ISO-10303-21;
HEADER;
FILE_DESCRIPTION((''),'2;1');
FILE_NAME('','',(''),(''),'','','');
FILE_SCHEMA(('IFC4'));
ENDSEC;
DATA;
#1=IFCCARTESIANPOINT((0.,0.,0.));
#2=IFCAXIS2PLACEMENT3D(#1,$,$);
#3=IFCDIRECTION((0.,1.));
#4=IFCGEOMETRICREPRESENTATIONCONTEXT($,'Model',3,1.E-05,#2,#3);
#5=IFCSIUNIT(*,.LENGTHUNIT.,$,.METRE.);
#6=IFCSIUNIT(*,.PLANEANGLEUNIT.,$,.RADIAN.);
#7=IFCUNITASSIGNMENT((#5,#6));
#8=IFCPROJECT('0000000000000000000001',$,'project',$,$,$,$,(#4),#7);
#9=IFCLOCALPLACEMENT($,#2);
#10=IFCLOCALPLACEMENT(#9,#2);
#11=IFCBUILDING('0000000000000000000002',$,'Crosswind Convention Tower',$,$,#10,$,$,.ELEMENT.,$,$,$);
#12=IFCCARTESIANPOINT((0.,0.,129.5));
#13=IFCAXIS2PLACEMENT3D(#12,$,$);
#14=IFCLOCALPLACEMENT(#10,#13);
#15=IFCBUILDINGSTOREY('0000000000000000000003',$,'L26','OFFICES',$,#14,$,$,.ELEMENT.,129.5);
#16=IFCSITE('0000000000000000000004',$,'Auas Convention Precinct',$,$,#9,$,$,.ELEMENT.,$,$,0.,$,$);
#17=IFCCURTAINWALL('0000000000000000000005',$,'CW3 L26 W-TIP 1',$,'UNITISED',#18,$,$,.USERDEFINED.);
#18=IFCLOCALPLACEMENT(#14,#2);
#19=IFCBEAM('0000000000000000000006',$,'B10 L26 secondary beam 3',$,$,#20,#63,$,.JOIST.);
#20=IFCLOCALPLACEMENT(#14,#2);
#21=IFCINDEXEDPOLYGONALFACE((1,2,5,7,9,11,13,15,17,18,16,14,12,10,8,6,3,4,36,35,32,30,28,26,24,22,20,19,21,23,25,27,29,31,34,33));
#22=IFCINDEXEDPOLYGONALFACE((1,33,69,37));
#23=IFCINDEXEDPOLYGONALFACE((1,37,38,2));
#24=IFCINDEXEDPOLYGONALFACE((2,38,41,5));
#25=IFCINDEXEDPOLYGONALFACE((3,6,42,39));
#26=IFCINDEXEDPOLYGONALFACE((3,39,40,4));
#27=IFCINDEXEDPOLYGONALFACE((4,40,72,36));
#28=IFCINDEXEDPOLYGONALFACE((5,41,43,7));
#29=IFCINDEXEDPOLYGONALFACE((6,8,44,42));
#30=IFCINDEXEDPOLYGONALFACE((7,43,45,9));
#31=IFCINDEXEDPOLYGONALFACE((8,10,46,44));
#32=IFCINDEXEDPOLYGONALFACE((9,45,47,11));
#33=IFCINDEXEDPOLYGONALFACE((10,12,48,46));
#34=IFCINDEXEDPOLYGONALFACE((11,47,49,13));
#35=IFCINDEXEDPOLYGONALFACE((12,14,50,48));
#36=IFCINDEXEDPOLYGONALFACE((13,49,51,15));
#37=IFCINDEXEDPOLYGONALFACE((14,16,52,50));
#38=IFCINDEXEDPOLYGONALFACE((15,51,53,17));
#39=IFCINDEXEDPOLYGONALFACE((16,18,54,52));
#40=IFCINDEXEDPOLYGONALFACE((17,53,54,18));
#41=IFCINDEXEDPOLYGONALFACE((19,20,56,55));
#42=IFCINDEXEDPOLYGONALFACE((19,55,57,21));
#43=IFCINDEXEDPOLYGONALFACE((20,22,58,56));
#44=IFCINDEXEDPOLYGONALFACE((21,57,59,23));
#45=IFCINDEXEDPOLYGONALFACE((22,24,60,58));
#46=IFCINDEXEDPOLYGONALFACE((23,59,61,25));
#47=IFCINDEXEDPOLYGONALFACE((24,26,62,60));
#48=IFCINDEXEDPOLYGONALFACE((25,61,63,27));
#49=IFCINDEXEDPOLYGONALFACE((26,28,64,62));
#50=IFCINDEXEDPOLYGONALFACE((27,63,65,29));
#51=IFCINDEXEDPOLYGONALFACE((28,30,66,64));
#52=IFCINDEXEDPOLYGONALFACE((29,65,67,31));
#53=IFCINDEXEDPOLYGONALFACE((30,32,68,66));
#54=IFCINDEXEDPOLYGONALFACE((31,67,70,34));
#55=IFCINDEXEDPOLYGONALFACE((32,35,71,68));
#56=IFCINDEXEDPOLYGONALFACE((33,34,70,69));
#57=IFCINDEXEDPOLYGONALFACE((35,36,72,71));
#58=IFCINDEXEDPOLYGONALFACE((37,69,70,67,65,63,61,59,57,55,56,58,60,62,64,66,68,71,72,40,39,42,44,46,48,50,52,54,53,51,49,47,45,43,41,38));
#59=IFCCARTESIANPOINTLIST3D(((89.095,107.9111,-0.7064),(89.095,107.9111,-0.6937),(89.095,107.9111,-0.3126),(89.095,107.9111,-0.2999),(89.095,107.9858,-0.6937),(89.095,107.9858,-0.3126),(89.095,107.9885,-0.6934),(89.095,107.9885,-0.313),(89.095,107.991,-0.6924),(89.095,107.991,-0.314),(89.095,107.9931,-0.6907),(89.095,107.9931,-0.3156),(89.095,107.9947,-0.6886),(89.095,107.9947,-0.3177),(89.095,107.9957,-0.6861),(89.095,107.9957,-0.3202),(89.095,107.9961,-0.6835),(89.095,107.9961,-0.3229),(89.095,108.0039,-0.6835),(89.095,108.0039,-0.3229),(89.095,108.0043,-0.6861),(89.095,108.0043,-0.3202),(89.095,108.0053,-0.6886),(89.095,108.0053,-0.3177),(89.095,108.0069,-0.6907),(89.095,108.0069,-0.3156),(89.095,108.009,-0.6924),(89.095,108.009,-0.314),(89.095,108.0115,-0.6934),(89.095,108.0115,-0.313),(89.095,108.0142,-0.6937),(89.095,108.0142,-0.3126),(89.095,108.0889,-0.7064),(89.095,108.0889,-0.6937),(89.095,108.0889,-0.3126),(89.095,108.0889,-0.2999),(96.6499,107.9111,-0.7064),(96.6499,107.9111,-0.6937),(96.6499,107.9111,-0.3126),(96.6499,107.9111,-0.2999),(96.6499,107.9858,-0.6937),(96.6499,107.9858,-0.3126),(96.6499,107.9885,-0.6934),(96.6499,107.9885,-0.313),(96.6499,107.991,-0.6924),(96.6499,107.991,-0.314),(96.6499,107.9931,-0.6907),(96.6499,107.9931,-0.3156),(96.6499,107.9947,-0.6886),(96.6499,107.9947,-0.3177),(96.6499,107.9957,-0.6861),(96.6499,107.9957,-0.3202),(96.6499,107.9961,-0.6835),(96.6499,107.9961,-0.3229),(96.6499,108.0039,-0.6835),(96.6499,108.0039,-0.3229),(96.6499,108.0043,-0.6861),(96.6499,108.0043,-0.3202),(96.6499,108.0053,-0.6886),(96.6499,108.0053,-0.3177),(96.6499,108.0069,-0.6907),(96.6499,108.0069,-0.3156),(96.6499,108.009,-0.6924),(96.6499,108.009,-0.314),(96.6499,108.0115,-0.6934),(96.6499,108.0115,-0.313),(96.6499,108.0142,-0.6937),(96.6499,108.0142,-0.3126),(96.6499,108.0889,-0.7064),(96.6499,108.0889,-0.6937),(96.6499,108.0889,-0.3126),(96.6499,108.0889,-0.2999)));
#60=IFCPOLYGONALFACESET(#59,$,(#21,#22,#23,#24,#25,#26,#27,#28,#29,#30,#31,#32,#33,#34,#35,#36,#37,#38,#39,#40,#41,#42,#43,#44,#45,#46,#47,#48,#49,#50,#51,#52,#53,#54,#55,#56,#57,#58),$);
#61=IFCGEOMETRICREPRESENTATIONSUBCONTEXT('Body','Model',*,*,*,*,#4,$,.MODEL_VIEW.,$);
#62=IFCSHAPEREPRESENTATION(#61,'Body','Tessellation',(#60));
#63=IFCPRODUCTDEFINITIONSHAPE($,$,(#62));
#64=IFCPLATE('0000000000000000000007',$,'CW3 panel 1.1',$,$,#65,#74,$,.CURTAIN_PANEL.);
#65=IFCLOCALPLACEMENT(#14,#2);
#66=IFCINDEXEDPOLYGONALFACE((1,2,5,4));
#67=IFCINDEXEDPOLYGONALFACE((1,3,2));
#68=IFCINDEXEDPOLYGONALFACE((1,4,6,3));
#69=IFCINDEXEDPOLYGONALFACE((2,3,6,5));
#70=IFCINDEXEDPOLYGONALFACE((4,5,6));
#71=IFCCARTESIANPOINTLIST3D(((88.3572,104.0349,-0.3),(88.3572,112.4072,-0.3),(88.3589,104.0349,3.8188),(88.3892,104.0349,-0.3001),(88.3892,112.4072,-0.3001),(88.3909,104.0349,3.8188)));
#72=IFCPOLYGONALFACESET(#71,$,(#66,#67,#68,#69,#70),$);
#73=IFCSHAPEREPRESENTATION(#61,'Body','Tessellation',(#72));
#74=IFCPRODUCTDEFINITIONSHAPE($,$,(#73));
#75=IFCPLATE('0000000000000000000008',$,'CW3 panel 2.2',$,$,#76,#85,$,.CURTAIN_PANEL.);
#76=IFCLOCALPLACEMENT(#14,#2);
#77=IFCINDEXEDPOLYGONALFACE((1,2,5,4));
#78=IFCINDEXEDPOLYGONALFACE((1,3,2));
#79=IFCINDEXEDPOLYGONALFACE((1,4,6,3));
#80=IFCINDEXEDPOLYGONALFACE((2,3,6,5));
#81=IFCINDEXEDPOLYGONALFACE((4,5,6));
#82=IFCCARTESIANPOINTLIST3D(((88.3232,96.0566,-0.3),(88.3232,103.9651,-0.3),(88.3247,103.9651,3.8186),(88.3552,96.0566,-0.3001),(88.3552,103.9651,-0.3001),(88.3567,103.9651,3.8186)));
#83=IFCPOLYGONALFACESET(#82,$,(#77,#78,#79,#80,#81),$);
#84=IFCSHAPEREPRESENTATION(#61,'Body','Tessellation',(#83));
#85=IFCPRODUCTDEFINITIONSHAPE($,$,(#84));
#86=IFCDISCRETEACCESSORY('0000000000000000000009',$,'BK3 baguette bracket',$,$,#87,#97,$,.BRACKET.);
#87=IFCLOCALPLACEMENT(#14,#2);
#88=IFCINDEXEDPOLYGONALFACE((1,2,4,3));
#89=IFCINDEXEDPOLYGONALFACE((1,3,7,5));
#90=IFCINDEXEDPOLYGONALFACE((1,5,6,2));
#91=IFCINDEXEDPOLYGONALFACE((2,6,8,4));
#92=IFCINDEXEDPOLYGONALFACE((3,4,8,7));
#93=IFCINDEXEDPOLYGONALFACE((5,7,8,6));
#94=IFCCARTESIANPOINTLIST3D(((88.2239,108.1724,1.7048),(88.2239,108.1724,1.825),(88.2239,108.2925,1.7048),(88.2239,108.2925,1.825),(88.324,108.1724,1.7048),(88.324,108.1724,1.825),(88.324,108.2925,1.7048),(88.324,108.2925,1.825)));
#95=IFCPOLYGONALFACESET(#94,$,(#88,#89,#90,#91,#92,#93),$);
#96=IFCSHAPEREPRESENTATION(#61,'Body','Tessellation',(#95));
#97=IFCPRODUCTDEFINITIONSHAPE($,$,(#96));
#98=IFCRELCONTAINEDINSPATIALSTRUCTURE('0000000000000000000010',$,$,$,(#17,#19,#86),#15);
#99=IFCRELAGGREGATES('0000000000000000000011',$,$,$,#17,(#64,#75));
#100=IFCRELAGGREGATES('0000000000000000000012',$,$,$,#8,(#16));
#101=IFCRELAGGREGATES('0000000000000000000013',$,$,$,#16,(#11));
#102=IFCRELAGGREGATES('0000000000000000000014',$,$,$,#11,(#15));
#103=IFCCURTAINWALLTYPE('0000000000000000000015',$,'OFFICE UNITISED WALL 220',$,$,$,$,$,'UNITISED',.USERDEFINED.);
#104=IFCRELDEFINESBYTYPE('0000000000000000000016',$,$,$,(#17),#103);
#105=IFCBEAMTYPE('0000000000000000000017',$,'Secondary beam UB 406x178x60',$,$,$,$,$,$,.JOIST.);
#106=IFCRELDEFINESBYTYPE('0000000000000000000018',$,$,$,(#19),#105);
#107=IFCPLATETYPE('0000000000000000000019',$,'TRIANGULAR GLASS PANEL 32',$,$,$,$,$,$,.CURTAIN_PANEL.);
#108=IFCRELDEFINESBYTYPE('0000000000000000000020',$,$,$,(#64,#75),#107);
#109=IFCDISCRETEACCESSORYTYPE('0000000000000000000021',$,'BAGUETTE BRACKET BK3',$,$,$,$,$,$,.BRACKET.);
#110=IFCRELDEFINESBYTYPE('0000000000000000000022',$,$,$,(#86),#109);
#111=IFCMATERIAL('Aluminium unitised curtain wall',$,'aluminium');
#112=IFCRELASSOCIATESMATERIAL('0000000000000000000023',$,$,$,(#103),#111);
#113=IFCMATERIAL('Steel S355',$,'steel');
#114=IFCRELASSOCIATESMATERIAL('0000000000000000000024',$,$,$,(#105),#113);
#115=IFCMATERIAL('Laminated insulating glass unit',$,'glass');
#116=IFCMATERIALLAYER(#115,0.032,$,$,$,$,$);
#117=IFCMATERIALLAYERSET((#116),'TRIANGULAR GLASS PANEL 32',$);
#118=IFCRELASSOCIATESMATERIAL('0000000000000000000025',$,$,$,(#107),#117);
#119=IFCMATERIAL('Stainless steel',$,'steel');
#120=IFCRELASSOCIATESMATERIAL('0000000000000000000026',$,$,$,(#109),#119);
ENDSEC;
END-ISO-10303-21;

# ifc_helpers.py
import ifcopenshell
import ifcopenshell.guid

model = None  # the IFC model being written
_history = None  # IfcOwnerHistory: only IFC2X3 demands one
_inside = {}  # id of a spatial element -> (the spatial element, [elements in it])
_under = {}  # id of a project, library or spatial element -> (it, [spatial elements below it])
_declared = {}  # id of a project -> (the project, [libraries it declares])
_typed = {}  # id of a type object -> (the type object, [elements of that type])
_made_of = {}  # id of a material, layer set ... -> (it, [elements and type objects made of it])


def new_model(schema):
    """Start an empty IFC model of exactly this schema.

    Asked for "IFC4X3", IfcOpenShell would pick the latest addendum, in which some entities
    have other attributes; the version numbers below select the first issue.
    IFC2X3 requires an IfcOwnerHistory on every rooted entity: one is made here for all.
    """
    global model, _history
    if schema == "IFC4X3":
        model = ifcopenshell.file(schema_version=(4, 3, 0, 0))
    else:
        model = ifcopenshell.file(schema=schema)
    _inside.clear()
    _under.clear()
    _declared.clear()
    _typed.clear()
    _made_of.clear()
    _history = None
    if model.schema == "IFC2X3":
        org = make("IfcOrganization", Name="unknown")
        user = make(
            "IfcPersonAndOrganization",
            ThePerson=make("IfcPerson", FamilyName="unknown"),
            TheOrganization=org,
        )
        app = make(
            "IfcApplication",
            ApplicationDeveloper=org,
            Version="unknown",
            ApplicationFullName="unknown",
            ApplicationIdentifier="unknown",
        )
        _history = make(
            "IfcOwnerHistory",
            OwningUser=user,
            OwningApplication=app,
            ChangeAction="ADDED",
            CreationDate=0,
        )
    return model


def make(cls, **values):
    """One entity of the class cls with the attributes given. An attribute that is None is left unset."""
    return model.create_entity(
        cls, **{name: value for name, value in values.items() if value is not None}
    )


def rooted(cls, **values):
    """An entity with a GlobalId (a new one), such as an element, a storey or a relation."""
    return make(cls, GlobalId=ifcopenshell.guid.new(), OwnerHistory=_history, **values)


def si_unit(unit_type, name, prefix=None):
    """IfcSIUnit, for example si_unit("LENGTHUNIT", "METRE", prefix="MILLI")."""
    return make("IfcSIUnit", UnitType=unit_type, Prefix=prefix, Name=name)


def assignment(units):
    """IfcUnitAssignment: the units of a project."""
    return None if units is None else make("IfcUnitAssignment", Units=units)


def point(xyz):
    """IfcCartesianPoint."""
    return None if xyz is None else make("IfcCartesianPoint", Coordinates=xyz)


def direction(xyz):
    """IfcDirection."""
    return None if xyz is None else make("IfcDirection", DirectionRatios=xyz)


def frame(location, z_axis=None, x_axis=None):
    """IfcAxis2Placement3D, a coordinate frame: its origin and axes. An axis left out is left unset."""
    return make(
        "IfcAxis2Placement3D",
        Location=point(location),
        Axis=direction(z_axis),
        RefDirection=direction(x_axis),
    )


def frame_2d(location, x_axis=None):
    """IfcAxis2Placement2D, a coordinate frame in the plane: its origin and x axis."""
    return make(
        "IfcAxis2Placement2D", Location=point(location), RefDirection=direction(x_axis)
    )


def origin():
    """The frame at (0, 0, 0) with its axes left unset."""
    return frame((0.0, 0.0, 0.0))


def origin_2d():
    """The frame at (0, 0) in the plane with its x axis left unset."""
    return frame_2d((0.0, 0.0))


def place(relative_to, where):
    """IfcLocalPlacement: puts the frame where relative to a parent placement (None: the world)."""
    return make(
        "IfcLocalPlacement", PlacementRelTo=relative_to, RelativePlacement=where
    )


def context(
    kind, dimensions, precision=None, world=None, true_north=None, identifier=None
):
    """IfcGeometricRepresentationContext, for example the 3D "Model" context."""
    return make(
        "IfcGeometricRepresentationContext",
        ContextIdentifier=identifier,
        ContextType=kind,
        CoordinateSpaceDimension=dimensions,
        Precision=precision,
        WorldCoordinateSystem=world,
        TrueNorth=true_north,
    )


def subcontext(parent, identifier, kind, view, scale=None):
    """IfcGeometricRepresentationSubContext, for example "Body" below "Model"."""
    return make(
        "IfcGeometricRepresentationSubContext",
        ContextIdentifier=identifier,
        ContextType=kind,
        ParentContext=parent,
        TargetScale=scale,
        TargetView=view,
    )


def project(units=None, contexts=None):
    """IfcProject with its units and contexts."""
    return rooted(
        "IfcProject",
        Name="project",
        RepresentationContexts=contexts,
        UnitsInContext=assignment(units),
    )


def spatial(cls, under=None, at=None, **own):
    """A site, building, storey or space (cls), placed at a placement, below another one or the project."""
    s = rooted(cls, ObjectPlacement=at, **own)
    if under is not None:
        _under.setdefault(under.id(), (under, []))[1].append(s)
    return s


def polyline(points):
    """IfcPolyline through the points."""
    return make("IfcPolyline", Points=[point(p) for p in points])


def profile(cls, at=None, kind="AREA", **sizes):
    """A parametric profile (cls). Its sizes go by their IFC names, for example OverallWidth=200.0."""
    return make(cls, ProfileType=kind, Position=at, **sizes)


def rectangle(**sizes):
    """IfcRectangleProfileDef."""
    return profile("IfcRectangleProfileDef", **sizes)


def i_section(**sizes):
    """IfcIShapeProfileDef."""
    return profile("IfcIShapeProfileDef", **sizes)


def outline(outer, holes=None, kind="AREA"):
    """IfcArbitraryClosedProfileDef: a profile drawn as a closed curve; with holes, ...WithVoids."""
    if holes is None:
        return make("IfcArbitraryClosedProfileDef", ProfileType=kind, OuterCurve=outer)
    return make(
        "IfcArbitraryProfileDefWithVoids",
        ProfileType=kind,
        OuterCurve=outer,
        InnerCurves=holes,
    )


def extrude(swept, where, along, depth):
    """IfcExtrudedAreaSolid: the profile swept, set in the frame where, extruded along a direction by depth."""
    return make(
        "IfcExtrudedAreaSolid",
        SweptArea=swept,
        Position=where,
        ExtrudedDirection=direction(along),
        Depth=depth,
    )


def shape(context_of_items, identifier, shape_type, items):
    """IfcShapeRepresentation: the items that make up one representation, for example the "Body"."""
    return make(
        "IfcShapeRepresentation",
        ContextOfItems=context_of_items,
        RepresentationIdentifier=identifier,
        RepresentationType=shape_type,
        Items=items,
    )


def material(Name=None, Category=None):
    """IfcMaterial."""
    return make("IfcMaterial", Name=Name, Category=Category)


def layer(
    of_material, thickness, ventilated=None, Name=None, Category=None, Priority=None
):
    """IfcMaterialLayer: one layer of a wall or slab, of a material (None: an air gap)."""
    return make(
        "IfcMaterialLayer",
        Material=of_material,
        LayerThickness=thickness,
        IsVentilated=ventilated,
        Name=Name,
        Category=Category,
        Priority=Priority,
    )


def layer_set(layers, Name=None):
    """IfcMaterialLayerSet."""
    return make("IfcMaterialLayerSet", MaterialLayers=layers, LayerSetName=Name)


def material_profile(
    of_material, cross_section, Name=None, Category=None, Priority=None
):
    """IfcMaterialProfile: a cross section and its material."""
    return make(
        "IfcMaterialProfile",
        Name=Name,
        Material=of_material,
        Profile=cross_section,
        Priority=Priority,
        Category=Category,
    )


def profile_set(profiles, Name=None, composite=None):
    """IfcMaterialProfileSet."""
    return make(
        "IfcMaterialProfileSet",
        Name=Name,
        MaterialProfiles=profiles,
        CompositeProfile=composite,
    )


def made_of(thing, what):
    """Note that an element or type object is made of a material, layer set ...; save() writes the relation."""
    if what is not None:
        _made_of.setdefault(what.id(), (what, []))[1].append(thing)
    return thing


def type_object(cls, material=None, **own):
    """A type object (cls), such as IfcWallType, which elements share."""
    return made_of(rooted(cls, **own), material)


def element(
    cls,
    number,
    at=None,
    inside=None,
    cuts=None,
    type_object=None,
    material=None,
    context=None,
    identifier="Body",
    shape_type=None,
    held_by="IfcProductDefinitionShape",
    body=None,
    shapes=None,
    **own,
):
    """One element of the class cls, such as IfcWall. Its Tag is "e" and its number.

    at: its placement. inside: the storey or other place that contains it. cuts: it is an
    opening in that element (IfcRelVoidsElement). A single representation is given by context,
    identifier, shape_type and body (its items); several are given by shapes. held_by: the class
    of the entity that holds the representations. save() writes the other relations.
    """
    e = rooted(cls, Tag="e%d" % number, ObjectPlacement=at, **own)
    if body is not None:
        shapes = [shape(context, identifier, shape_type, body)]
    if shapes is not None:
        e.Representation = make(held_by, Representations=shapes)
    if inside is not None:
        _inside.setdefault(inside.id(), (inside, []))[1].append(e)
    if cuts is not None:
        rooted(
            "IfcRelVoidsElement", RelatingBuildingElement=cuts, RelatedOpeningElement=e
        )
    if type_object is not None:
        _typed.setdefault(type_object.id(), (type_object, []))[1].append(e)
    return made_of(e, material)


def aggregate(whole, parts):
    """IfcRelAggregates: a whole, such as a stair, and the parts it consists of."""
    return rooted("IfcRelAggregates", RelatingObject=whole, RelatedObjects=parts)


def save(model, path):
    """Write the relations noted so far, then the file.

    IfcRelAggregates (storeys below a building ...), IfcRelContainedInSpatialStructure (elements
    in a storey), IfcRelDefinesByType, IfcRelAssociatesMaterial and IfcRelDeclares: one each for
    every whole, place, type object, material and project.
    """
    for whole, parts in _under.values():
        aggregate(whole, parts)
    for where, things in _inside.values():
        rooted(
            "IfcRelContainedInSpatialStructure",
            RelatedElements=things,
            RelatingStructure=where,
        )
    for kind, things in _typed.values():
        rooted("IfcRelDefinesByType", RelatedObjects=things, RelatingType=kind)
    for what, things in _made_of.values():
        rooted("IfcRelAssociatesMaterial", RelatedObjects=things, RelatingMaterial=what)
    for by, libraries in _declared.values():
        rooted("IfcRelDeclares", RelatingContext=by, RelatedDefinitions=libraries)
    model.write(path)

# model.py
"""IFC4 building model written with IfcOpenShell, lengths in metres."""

from ifc_helpers import new_model, si_unit, direction, frame, origin, origin_2d, place, context, subcontext, project, spatial, polyline, rectangle, i_section, outline, extrude, material, layer, layer_set, material_profile, profile_set, type_object, element, aggregate, save


model = new_model("IFC4")

# Units and contexts
model_context = context("Model", 3, precision=1e-05, world=origin(), true_north=direction((0.0, 1.0)))
body_context = subcontext(model_context, "Body", "Model", "MODEL_VIEW")
ifc_project = project(units=[si_unit("LENGTHUNIT", "METRE"), si_unit("PLANEANGLEUNIT", "RADIAN")], contexts=[model_context])

# Site, building, storey
site_placement = place(None, origin())
site = spatial("IfcSite", under=ifc_project, at=site_placement, Name="Auas Convention Precinct", CompositionType="ELEMENT", RefElevation=0.0)
building_placement = place(site_placement, origin())
building = spatial("IfcBuilding", under=site, at=building_placement, Name="Crosswind Convention Tower", CompositionType="ELEMENT")
storey_placement = place(building_placement, frame((0.0, 0.0, 129.5)))
storey = spatial("IfcBuildingStorey", under=building, at=storey_placement, Name="L26", Description="OFFICES", CompositionType="ELEMENT", Elevation=129.5)

# Shared definitions
ifc_material_1 = material(Name="Steel S355", Category="steel")

# Curtain wall
ifc_material_2 = material(Name="Aluminium unitised curtain wall", Category="aluminium")
curtain_wall_type = type_object("IfcCurtainWallType", Name="OFFICE UNITISED WALL 220", ElementType="UNITISED", PredefinedType="USERDEFINED", material=ifc_material_2)
curtain_wall_placement = place(storey_placement, origin())
curtain_wall = element("IfcCurtainWall", 1, at=curtain_wall_placement, inside=storey, type_object=curtain_wall_type, Name="CW3 L26 W-TIP 1", ObjectType="UNITISED", PredefinedType="USERDEFINED")

# Beam
ifc_material_profile_1 = material_profile(ifc_material_1, i_section(OverallWidth=0.1777, OverallDepth=0.4065, WebThickness=0.0078, FlangeThickness=0.0127, FilletRadius=0.0103, at=origin_2d()), Name="UB 406x178x60")
ifc_profile_set_1 = profile_set([ifc_material_profile_1], Name="Steel S355")
beam_type_1 = type_object("IfcBeamType", Name="Secondary beam UB 406x178x60", PredefinedType="JOIST", material=ifc_profile_set_1)
for number, where, z_axis, x_axis, name in (
    (2, (89.095, 108.0, -0.5032), (1.0, 0.0, 0.0), (0.0, 1.0, 0.0), "B10 L26 secondary beam 3"),
):
    element("IfcBeam", number, at=place(storey_placement, frame(where, z_axis=z_axis, x_axis=x_axis)), inside=storey, type_object=beam_type_1, Name=name, PredefinedType="JOIST", context=body_context, shape_type="SweptSolid", body=[
        extrude(i_section(OverallWidth=0.1777, OverallDepth=0.4065, WebThickness=0.0078, FlangeThickness=0.0127, FilletRadius=0.0103, at=origin_2d()), origin(), (0.0, 0.0, 1.0), 7.5549),
    ])

# Plates
ifc_material_3 = material(Name="Laminated insulating glass unit", Category="glass")
ifc_layer_1 = layer(ifc_material_3, 0.032)
ifc_layer_set_1 = layer_set([ifc_layer_1], Name="TRIANGULAR GLASS PANEL 32")
plate_type = type_object("IfcPlateType", Name="TRIANGULAR GLASS PANEL 32", PredefinedType="CURTAIN_PANEL", material=ifc_layer_set_1)
plate_1_placement = place(storey_placement, frame((88.3572, 104.0349, -0.3), z_axis=(-1.0, 0.0, 0.000415), x_axis=(0.000415, 0.0, 1.0)))
plate_1 = element("IfcPlate", 3, at=plate_1_placement, type_object=plate_type, Name="CW3 panel 1.1", PredefinedType="CURTAIN_PANEL", context=body_context, shape_type="SweptSolid", body=[
    extrude(outline(polyline([(0.0, 0.0), (4.1189, 0.0), (0.0, 8.3723), (0.0, 0.0)])), origin(), (0.0, 0.0, -1.0), 0.032),
])
plate_2_placement = place(storey_placement, frame((88.3232, 103.9651, -0.3), z_axis=(-1.0, 0.0, 0.000356), x_axis=(0.0, -1.0, 0.0)))
plate_2 = element("IfcPlate", 4, at=plate_2_placement, type_object=plate_type, Name="CW3 panel 2.2", PredefinedType="CURTAIN_PANEL", context=body_context, shape_type="SweptSolid", body=[
    extrude(outline(polyline([(0.0, 0.0), (7.9084, 0.0), (0.0, 4.1187), (0.0, 0.0)])), origin(), (0.0, 0.0, -1.0), 0.032),
])
aggregate(curtain_wall, [plate_1, plate_2])

# Discrete accessory
ifc_material_4 = material(Name="Stainless steel", Category="steel")
discrete_accessory_type = type_object("IfcDiscreteAccessoryType", Name="BAGUETTE BRACKET BK3", PredefinedType="BRACKET", material=ifc_material_4)
discrete_accessory_placement = place(storey_placement, frame((88.2739, 108.2324, 1.7048), z_axis=(0.0, 0.0, 1.0), x_axis=(0.0, -1.0, 0.0)))
element("IfcDiscreteAccessory", 5, at=discrete_accessory_placement, inside=storey, type_object=discrete_accessory_type, Name="BK3 baguette bracket", PredefinedType="BRACKET", context=body_context, shape_type="SweptSolid", body=[
    extrude(rectangle(XDim=0.1201, YDim=0.1001, at=origin_2d()), origin(), (0.0, 0.0, 1.0), 0.1201),
])

save(model, "model.ifc")
